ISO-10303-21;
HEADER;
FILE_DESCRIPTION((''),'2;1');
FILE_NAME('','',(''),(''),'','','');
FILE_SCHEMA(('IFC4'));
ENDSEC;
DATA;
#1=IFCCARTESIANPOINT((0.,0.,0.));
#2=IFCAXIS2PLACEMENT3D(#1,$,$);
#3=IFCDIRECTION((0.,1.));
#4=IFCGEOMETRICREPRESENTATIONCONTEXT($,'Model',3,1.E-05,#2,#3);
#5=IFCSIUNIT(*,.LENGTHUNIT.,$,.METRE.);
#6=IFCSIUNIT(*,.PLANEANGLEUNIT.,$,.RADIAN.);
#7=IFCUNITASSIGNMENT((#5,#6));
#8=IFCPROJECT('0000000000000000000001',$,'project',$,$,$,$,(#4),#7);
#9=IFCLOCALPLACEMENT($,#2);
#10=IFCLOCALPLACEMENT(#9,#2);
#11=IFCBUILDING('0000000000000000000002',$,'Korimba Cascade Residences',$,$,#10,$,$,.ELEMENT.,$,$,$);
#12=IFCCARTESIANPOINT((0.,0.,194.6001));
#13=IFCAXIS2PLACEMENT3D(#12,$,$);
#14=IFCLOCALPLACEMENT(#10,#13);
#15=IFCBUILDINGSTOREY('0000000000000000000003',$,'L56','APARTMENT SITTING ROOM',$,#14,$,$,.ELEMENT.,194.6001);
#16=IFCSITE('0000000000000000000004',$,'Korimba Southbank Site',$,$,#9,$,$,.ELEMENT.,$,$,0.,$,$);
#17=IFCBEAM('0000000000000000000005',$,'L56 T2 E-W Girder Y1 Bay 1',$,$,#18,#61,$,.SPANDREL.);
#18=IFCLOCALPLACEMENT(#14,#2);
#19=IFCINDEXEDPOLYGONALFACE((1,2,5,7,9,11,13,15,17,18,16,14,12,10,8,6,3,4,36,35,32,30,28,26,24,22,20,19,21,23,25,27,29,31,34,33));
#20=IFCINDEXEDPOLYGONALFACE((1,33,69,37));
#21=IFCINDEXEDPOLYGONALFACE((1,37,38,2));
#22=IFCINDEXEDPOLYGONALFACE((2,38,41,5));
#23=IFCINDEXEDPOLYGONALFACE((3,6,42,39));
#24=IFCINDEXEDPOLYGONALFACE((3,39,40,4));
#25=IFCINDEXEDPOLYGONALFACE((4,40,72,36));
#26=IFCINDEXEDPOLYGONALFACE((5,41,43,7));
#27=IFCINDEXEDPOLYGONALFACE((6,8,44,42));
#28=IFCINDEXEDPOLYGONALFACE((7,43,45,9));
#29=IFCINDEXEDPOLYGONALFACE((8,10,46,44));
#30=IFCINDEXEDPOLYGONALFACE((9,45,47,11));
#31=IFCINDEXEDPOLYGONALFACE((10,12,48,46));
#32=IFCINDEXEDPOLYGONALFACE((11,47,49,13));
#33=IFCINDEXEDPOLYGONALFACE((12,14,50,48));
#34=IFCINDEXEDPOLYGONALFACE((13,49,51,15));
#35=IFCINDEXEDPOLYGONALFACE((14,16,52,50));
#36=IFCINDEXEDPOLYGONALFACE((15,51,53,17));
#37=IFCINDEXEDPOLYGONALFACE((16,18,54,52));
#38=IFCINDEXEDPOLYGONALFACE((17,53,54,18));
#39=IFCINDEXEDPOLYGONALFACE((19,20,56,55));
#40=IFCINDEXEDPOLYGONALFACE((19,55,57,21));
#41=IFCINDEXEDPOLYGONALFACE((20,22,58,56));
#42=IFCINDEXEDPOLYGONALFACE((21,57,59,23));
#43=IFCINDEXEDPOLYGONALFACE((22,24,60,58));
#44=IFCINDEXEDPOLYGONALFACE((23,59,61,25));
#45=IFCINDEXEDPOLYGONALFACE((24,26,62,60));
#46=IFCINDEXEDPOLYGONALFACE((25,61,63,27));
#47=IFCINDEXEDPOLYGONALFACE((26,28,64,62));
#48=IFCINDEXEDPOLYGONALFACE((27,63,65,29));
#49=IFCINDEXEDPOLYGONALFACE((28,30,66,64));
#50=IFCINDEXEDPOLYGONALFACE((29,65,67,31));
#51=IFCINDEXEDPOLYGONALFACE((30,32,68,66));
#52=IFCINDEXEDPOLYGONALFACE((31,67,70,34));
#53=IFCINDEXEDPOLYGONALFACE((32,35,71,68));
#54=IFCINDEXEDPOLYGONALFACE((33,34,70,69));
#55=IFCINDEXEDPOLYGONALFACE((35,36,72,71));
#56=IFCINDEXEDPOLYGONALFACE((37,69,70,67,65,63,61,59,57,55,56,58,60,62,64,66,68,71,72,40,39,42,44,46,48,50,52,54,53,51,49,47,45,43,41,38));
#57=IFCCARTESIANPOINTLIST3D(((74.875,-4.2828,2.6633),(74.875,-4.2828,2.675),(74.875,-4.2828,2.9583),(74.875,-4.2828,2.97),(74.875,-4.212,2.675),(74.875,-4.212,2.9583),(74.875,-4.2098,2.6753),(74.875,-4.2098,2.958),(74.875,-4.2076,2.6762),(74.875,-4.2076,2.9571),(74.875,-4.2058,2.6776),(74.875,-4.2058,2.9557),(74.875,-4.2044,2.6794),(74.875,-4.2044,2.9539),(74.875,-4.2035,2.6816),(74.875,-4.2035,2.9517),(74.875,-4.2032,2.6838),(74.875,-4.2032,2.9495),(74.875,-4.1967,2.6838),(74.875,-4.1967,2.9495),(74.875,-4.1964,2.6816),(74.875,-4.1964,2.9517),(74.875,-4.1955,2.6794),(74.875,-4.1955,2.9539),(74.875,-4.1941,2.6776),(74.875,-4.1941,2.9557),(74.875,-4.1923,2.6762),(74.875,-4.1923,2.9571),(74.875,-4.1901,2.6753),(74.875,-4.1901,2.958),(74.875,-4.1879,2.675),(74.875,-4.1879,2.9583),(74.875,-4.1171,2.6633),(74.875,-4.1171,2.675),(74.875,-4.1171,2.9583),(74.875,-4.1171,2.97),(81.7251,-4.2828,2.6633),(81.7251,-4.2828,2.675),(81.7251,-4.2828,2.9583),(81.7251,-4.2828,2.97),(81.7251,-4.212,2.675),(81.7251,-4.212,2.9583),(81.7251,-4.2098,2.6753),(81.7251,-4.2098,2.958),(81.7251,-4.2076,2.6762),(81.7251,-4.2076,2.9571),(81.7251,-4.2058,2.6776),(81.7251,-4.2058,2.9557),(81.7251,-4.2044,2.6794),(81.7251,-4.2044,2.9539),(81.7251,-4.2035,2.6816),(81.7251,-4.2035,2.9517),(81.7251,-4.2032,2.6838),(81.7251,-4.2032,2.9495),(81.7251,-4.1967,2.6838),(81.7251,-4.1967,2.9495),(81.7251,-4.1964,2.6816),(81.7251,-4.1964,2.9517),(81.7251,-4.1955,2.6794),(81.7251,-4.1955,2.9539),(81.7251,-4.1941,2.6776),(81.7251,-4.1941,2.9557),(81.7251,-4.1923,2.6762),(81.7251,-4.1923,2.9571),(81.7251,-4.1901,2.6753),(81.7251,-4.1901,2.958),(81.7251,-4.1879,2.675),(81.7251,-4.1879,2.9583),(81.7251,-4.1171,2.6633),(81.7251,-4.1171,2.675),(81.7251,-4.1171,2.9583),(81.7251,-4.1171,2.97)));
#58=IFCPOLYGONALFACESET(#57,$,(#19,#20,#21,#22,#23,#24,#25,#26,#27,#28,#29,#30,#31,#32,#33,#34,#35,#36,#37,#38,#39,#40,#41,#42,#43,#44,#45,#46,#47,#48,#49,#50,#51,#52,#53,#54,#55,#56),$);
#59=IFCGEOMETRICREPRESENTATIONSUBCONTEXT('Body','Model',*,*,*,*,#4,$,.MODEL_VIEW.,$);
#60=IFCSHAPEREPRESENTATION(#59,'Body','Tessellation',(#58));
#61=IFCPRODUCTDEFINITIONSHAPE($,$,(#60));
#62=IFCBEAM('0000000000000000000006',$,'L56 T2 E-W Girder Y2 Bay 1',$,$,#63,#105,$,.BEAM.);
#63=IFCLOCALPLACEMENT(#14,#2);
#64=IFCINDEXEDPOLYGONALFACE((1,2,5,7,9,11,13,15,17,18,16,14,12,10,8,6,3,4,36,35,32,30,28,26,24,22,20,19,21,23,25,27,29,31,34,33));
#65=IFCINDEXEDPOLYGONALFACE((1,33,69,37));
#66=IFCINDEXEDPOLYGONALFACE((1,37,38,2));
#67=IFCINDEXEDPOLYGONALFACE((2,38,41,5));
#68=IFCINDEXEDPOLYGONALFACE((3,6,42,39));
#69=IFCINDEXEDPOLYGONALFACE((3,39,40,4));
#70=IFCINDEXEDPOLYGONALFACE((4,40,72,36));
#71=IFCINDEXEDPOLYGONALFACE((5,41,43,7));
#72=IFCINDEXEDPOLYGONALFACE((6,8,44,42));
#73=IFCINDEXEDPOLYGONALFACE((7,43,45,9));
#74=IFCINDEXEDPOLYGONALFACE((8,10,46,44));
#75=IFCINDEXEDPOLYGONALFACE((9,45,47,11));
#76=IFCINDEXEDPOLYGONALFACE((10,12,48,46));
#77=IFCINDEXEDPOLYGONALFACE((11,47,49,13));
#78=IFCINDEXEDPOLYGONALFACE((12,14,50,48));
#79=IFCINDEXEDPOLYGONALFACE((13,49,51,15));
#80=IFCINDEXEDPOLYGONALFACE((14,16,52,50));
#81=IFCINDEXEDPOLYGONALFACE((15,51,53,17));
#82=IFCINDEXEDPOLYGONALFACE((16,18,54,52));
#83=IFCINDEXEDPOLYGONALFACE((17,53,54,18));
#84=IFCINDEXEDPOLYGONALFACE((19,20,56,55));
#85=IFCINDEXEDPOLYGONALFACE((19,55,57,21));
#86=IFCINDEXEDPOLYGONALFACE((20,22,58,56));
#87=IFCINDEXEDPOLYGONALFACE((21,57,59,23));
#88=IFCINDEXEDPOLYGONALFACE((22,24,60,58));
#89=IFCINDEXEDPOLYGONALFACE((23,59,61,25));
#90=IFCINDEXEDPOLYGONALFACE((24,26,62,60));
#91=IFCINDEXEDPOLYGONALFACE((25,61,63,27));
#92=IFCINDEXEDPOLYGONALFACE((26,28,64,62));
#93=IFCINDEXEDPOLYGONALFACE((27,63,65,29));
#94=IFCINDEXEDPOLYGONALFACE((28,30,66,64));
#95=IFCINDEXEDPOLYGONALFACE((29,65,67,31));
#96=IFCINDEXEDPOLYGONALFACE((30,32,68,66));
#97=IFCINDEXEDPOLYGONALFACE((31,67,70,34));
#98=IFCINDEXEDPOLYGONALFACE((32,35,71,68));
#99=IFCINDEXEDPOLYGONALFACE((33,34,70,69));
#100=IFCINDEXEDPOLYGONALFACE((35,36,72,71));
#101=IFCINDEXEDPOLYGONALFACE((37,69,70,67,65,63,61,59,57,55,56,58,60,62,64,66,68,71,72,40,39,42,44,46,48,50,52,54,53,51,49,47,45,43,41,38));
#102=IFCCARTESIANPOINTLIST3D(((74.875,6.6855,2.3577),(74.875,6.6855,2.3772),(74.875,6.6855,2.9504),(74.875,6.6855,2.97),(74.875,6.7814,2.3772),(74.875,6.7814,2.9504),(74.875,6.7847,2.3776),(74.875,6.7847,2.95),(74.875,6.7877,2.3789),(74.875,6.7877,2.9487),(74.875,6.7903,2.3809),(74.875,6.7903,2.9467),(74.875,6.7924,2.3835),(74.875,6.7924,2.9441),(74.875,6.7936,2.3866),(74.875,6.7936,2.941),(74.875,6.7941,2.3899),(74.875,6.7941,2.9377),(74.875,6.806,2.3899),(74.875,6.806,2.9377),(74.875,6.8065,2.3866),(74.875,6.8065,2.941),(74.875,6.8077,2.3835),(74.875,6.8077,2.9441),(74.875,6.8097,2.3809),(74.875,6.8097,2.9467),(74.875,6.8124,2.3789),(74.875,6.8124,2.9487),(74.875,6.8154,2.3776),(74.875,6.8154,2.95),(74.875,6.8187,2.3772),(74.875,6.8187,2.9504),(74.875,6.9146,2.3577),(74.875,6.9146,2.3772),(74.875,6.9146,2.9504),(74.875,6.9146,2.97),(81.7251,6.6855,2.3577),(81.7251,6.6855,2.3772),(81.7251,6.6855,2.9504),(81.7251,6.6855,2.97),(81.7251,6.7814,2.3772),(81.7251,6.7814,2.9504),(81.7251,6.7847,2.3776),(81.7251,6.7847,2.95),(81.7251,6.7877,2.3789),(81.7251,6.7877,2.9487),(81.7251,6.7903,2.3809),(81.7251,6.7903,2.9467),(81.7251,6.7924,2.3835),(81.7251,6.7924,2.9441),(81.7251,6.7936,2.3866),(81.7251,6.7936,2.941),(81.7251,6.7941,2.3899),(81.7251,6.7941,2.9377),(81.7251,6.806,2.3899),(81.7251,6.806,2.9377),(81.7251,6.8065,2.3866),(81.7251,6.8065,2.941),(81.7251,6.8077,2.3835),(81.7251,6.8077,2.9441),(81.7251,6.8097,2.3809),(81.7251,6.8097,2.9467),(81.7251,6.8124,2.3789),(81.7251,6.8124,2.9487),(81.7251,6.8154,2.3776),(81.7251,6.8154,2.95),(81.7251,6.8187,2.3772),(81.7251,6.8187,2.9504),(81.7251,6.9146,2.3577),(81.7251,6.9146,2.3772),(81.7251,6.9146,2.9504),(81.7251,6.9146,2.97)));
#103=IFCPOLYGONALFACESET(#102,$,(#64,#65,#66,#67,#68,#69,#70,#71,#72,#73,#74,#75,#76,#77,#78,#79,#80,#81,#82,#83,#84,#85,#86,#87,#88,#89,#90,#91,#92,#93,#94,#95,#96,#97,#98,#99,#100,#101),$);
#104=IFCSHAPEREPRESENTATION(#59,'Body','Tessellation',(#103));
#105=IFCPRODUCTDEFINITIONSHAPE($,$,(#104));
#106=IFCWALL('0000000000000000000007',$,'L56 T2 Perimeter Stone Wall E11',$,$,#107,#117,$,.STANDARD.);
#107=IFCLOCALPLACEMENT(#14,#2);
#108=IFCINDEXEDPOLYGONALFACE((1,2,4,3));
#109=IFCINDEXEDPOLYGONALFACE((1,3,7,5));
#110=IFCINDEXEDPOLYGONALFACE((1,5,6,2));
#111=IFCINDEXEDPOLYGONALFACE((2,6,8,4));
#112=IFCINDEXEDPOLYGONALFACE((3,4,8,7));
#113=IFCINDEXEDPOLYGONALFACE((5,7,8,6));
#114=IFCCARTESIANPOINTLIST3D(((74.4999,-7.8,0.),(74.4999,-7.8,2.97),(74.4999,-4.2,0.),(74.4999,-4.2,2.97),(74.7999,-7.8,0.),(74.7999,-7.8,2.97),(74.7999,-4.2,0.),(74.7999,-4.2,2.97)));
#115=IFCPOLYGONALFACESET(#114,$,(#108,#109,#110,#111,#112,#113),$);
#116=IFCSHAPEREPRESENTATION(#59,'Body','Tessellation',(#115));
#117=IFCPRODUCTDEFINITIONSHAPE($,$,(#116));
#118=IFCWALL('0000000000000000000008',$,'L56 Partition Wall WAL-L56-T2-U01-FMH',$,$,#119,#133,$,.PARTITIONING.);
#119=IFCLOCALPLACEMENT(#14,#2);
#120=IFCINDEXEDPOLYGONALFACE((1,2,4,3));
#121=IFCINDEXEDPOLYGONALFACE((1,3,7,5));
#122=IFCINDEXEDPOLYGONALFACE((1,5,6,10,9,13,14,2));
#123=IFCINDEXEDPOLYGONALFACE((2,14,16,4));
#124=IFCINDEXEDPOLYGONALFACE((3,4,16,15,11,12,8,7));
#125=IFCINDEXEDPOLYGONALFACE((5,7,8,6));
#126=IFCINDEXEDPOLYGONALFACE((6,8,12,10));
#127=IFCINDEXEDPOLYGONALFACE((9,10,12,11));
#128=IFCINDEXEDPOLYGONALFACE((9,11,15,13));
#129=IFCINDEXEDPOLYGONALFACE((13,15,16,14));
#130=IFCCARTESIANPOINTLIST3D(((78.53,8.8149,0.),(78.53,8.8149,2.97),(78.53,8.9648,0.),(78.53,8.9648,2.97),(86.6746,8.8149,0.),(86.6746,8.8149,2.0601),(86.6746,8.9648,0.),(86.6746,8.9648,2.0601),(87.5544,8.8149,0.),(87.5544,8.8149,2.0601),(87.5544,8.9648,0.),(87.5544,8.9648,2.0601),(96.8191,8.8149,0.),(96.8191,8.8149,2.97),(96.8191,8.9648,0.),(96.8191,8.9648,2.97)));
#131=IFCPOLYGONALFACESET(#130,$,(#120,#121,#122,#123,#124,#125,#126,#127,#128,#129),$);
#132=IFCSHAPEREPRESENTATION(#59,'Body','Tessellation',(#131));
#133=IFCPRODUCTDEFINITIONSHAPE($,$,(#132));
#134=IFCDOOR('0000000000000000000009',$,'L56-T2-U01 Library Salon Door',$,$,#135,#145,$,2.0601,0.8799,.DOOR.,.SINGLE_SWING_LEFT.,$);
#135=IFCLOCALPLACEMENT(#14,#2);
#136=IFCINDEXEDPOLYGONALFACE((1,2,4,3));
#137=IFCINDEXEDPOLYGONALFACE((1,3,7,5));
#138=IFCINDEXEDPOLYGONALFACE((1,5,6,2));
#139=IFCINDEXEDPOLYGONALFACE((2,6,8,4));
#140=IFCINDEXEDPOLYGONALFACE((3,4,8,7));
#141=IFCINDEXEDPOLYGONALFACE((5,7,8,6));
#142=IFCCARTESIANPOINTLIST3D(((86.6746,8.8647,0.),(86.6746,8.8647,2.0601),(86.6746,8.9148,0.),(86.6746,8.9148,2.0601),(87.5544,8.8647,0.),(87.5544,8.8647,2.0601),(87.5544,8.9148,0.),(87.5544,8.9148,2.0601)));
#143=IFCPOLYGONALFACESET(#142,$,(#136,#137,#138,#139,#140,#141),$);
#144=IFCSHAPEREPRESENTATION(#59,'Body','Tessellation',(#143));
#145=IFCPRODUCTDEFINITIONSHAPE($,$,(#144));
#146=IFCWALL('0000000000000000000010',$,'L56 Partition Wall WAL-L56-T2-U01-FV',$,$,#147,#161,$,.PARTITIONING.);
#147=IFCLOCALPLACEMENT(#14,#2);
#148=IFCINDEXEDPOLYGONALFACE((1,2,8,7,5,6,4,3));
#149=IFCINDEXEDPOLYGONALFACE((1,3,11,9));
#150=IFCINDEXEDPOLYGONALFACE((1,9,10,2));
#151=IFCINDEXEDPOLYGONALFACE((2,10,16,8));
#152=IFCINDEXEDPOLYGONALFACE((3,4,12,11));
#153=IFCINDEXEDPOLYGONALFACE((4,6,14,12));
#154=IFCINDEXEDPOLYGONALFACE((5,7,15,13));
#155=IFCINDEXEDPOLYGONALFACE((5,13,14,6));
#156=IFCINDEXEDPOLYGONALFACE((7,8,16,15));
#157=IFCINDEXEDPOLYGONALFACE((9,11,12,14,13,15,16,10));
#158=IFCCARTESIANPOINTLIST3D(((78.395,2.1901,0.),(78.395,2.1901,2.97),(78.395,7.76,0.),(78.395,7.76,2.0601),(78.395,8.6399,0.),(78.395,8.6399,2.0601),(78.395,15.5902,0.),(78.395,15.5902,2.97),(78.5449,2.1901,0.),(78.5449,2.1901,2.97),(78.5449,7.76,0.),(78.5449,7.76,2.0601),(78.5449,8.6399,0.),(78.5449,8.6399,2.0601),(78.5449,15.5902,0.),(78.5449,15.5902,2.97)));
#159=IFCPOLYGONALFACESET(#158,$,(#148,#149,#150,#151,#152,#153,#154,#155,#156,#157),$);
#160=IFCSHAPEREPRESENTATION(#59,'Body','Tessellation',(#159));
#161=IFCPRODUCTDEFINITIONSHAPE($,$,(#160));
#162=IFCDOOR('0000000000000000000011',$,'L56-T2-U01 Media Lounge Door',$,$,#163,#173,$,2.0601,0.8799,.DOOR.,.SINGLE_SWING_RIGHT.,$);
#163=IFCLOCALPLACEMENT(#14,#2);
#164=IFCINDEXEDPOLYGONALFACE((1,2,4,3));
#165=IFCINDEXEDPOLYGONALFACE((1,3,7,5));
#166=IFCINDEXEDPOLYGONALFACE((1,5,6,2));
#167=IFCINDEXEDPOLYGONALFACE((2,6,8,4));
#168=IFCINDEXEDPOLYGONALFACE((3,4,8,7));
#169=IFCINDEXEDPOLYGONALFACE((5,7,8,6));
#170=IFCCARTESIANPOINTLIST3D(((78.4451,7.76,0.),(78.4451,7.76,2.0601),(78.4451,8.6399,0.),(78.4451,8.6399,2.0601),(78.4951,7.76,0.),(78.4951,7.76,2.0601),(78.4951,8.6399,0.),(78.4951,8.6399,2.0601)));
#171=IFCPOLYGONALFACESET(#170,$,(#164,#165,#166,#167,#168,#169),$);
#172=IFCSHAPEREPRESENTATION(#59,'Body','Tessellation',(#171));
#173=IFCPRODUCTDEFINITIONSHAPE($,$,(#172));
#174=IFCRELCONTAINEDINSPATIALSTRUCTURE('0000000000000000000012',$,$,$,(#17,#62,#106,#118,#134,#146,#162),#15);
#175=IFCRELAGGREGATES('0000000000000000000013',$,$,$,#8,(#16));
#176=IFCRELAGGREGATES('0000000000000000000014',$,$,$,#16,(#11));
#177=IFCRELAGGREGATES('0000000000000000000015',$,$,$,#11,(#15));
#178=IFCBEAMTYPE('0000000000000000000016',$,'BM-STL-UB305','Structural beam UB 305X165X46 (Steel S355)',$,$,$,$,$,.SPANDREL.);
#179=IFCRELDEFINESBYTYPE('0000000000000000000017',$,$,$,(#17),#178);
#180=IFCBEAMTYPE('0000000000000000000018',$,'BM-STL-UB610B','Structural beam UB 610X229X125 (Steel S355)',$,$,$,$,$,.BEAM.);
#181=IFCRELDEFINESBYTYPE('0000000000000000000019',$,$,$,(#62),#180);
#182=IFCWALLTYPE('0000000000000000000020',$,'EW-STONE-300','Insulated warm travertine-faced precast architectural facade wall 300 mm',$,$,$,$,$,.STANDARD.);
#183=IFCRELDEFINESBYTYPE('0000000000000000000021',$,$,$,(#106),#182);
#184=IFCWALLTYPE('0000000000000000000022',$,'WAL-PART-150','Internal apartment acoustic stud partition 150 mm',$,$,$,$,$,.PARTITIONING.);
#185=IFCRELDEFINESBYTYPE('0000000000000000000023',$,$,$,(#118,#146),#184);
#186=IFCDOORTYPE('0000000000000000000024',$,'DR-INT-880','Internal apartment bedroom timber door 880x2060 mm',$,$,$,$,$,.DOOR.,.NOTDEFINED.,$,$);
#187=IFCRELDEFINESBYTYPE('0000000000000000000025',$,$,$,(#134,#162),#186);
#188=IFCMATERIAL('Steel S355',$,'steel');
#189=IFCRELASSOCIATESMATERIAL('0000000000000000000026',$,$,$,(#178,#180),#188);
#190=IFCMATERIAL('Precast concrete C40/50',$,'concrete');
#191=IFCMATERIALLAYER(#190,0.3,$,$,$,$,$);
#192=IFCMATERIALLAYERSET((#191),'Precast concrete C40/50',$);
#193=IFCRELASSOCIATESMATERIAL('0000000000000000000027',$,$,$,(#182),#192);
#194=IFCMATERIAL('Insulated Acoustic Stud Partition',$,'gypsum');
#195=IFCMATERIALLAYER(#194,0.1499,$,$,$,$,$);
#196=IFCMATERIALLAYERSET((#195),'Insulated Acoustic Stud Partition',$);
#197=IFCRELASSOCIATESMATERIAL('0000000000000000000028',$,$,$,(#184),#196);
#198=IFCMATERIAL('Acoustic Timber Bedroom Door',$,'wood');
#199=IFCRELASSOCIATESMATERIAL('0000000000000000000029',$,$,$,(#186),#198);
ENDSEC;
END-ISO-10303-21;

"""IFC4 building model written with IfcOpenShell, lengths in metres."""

from ifc_helpers import new_model, si_unit, direction, frame, frame_2d, origin, origin_2d, place, context, subcontext, project, spatial, rectangle, i_section, extrude, material, layer, layer_set, material_profile, profile_set, type_object, element, fill, save


model = new_model("IFC4")

# Units and contexts
model_context = context("Model", 3, precision=1e-05, world=origin(), true_north=direction((0.0, 1.0)))
body_context = subcontext(model_context, "Body", "Model", "MODEL_VIEW")
ifc_project = project(units=[si_unit("LENGTHUNIT", "METRE"), si_unit("PLANEANGLEUNIT", "RADIAN")], contexts=[model_context])

# Site, building, storey
site_placement = place(None, origin())
site = spatial("IfcSite", under=ifc_project, at=site_placement, Name="Korimba Southbank Site", CompositionType="ELEMENT", RefElevation=0.0)
building_placement = place(site_placement, origin())
building = spatial("IfcBuilding", under=site, at=building_placement, Name="Korimba Cascade Residences", CompositionType="ELEMENT")
storey_placement = place(building_placement, frame((0.0, 0.0, 194.6001)))
storey = spatial("IfcBuildingStorey", under=building, at=storey_placement, Name="L56", Description="APARTMENT SITTING ROOM", CompositionType="ELEMENT", Elevation=194.6001)

# Beams
ifc_material_1 = material(Name="Steel S355", Category="steel")
ifc_material_profile_1 = material_profile(ifc_material_1, i_section(OverallWidth=0.1658, OverallDepth=0.3066, WebThickness=0.0066, FlangeThickness=0.0117, FilletRadius=0.0088, at=origin_2d()), Name="Steel S355")
ifc_profile_set_1 = profile_set([ifc_material_profile_1], Name="Steel S355")
beam_type_1 = type_object("IfcBeamType", Name="BM-STL-UB305", Description="Structural beam UB 305X165X46 (Steel S355)", PredefinedType="SPANDREL", material=ifc_profile_set_1)
beam_1_placement = place(storey_placement, frame((74.875, -4.2, 2.8167), z_axis=(1.0, 0.0, 0.0), x_axis=(0.0, 1.0, 0.0)))
element("IfcBeam", 1, at=beam_1_placement, inside=storey, type_object=beam_type_1, Name="L56 T2 E-W Girder Y1 Bay 1", PredefinedType="SPANDREL", context=body_context, shape_type="SweptSolid", body=[
    extrude(i_section(OverallWidth=0.1658, OverallDepth=0.3066, WebThickness=0.0066, FlangeThickness=0.0117, FilletRadius=0.0088, at=origin_2d()), origin(), (0.0, 0.0, 1.0), 6.8501),
])
ifc_material_profile_2 = material_profile(ifc_material_1, i_section(OverallWidth=0.229, OverallDepth=0.6123, WebThickness=0.012, FlangeThickness=0.0195, FilletRadius=0.0127, at=origin_2d()), Name="Steel S355")
ifc_profile_set_2 = profile_set([ifc_material_profile_2], Name="Steel S355")
beam_type_2 = type_object("IfcBeamType", Name="BM-STL-UB610B", Description="Structural beam UB 610X229X125 (Steel S355)", PredefinedType="BEAM", material=ifc_profile_set_2)
beam_2_placement = place(storey_placement, frame((74.875, 6.8, 2.6638), z_axis=(1.0, 0.0, 0.0), x_axis=(0.0, 1.0, 0.0)))
element("IfcBeam", 2, at=beam_2_placement, inside=storey, type_object=beam_type_2, Name="L56 T2 E-W Girder Y2 Bay 1", PredefinedType="BEAM", context=body_context, shape_type="SweptSolid", body=[
    extrude(i_section(OverallWidth=0.229, OverallDepth=0.6123, WebThickness=0.012, FlangeThickness=0.0195, FilletRadius=0.0127, at=origin_2d()), origin(), (0.0, 0.0, 1.0), 6.8501),
])

# Wall
ifc_material_2 = material(Name="Precast concrete C40/50", Category="concrete")
ifc_layer_1 = layer(ifc_material_2, 0.3)
ifc_layer_set_1 = layer_set([ifc_layer_1], Name="Precast concrete C40/50")
wall_type_1 = type_object("IfcWallType", Name="EW-STONE-300", Description="Insulated warm travertine-faced precast architectural facade wall 300 mm", PredefinedType="STANDARD", material=ifc_layer_set_1)
wall_1_placement = place(storey_placement, frame((74.6499, -4.2, 0.0), z_axis=(0.0, 0.0, 1.0), x_axis=(0.0, -1.0, 0.0)))
element("IfcWall", 3, at=wall_1_placement, inside=storey, type_object=wall_type_1, Name="L56 T2 Perimeter Stone Wall E11", PredefinedType="STANDARD", context=body_context, shape_type="SweptSolid", body=[
    extrude(rectangle(XDim=3.6001, YDim=0.3, at=frame_2d((1.8, 0.0))), origin(), (0.0, 0.0, 1.0), 2.97),
])

# Walls, openings, doors
ifc_material_3 = material(Name="Insulated Acoustic Stud Partition", Category="gypsum")
ifc_layer_2 = layer(ifc_material_3, 0.1499)
ifc_layer_set_2 = layer_set([ifc_layer_2], Name="Insulated Acoustic Stud Partition")
wall_type_2 = type_object("IfcWallType", Name="WAL-PART-150", Description="Internal apartment acoustic stud partition 150 mm", PredefinedType="PARTITIONING", material=ifc_layer_set_2)
wall_2_placement = place(storey_placement, frame((78.53, 8.8899, 0.0), z_axis=(0.0, 0.0, 1.0), x_axis=(1.0, 0.0, 0.0)))
wall_2 = element("IfcWall", 4, at=wall_2_placement, inside=storey, type_object=wall_type_2, Name="L56 Partition Wall WAL-L56-T2-U01-FMH", PredefinedType="PARTITIONING", context=body_context, shape_type="SweptSolid", body=[
    extrude(rectangle(XDim=18.2891, YDim=0.1499, at=frame_2d((9.1445, 0.0))), origin(), (0.0, 0.0, 1.0), 2.97),
])
opening_1_placement = place(wall_2_placement, frame((8.1445, 0.0, 0.0)))
opening_1 = element("IfcOpeningElement", 5, at=opening_1_placement, cuts=wall_2, PredefinedType="OPENING", context=body_context, shape_type="SweptSolid", body=[
    extrude(rectangle(XDim=0.8799, YDim=2.0601, at=frame_2d((0.4399, 1.03))), frame((0.0, 0.085, 0.0), z_axis=(0.0, -1.0, 0.0), x_axis=(1.0, 0.0, 0.0)), (0.0, 0.0, 1.0), 0.1699),
])
ifc_material_4 = material(Name="Acoustic Timber Bedroom Door", Category="wood")
door_type_1 = type_object("IfcDoorType", Name="DR-INT-880", Description="Internal apartment bedroom timber door 880x2060 mm", OperationType="NOTDEFINED", PredefinedType="DOOR", material=ifc_material_4)
door_1_placement = place(opening_1_placement, origin())
door_1 = element("IfcDoor", 6, at=door_1_placement, inside=storey, type_object=door_type_1, Name="L56-T2-U01 Library Salon Door", OperationType="SINGLE_SWING_LEFT", OverallHeight=2.0601, OverallWidth=0.8799, PredefinedType="DOOR", context=body_context, shape_type="SweptSolid", body=[
    extrude(rectangle(XDim=0.8799, YDim=2.0601, at=frame_2d((0.4399, 1.03))), frame((0.0, 0.0249, 0.0), z_axis=(0.0, -1.0, 0.0), x_axis=(1.0, 0.0, 0.0)), (0.0, 0.0, 1.0), 0.05),
])
fill(opening_1, door_1)
wall_3_placement = place(storey_placement, frame((78.47, 2.1899, 0.0), z_axis=(0.0, 0.0, 1.0), x_axis=(0.0, 1.0, 0.0)))
wall_3 = element("IfcWall", 7, at=wall_3_placement, inside=storey, type_object=wall_type_2, Name="L56 Partition Wall WAL-L56-T2-U01-FV", PredefinedType="PARTITIONING", context=body_context, shape_type="SweptSolid", body=[
    extrude(rectangle(XDim=13.4001, YDim=0.1499, at=frame_2d((6.7002, 0.0))), origin(), (0.0, 0.0, 1.0), 2.97),
])
opening_2_placement = place(wall_3_placement, frame((5.5701, 0.0, 0.0)))
opening_2 = element("IfcOpeningElement", 8, at=opening_2_placement, cuts=wall_3, PredefinedType="OPENING", context=body_context, shape_type="SweptSolid", body=[
    extrude(rectangle(XDim=0.8799, YDim=2.0601, at=frame_2d((0.4399, 1.03))), frame((0.0, 0.085, 0.0), z_axis=(0.0, -1.0, 0.0), x_axis=(1.0, 0.0, 0.0)), (0.0, 0.0, 1.0), 0.1699),
])
door_2_placement = place(opening_2_placement, origin())
door_2 = element("IfcDoor", 9, at=door_2_placement, inside=storey, type_object=door_type_1, Name="L56-T2-U01 Media Lounge Door", OperationType="SINGLE_SWING_RIGHT", OverallHeight=2.0601, OverallWidth=0.8799, PredefinedType="DOOR", context=body_context, shape_type="SweptSolid", body=[
    extrude(rectangle(XDim=0.8799, YDim=2.0601, at=frame_2d((0.4399, 1.03))), frame((0.0, 0.0249, 0.0), z_axis=(0.0, -1.0, 0.0), x_axis=(1.0, 0.0, 0.0)), (0.0, 0.0, 1.0), 0.05),
])
fill(opening_2, door_2)

save(model, "model.ifc")
